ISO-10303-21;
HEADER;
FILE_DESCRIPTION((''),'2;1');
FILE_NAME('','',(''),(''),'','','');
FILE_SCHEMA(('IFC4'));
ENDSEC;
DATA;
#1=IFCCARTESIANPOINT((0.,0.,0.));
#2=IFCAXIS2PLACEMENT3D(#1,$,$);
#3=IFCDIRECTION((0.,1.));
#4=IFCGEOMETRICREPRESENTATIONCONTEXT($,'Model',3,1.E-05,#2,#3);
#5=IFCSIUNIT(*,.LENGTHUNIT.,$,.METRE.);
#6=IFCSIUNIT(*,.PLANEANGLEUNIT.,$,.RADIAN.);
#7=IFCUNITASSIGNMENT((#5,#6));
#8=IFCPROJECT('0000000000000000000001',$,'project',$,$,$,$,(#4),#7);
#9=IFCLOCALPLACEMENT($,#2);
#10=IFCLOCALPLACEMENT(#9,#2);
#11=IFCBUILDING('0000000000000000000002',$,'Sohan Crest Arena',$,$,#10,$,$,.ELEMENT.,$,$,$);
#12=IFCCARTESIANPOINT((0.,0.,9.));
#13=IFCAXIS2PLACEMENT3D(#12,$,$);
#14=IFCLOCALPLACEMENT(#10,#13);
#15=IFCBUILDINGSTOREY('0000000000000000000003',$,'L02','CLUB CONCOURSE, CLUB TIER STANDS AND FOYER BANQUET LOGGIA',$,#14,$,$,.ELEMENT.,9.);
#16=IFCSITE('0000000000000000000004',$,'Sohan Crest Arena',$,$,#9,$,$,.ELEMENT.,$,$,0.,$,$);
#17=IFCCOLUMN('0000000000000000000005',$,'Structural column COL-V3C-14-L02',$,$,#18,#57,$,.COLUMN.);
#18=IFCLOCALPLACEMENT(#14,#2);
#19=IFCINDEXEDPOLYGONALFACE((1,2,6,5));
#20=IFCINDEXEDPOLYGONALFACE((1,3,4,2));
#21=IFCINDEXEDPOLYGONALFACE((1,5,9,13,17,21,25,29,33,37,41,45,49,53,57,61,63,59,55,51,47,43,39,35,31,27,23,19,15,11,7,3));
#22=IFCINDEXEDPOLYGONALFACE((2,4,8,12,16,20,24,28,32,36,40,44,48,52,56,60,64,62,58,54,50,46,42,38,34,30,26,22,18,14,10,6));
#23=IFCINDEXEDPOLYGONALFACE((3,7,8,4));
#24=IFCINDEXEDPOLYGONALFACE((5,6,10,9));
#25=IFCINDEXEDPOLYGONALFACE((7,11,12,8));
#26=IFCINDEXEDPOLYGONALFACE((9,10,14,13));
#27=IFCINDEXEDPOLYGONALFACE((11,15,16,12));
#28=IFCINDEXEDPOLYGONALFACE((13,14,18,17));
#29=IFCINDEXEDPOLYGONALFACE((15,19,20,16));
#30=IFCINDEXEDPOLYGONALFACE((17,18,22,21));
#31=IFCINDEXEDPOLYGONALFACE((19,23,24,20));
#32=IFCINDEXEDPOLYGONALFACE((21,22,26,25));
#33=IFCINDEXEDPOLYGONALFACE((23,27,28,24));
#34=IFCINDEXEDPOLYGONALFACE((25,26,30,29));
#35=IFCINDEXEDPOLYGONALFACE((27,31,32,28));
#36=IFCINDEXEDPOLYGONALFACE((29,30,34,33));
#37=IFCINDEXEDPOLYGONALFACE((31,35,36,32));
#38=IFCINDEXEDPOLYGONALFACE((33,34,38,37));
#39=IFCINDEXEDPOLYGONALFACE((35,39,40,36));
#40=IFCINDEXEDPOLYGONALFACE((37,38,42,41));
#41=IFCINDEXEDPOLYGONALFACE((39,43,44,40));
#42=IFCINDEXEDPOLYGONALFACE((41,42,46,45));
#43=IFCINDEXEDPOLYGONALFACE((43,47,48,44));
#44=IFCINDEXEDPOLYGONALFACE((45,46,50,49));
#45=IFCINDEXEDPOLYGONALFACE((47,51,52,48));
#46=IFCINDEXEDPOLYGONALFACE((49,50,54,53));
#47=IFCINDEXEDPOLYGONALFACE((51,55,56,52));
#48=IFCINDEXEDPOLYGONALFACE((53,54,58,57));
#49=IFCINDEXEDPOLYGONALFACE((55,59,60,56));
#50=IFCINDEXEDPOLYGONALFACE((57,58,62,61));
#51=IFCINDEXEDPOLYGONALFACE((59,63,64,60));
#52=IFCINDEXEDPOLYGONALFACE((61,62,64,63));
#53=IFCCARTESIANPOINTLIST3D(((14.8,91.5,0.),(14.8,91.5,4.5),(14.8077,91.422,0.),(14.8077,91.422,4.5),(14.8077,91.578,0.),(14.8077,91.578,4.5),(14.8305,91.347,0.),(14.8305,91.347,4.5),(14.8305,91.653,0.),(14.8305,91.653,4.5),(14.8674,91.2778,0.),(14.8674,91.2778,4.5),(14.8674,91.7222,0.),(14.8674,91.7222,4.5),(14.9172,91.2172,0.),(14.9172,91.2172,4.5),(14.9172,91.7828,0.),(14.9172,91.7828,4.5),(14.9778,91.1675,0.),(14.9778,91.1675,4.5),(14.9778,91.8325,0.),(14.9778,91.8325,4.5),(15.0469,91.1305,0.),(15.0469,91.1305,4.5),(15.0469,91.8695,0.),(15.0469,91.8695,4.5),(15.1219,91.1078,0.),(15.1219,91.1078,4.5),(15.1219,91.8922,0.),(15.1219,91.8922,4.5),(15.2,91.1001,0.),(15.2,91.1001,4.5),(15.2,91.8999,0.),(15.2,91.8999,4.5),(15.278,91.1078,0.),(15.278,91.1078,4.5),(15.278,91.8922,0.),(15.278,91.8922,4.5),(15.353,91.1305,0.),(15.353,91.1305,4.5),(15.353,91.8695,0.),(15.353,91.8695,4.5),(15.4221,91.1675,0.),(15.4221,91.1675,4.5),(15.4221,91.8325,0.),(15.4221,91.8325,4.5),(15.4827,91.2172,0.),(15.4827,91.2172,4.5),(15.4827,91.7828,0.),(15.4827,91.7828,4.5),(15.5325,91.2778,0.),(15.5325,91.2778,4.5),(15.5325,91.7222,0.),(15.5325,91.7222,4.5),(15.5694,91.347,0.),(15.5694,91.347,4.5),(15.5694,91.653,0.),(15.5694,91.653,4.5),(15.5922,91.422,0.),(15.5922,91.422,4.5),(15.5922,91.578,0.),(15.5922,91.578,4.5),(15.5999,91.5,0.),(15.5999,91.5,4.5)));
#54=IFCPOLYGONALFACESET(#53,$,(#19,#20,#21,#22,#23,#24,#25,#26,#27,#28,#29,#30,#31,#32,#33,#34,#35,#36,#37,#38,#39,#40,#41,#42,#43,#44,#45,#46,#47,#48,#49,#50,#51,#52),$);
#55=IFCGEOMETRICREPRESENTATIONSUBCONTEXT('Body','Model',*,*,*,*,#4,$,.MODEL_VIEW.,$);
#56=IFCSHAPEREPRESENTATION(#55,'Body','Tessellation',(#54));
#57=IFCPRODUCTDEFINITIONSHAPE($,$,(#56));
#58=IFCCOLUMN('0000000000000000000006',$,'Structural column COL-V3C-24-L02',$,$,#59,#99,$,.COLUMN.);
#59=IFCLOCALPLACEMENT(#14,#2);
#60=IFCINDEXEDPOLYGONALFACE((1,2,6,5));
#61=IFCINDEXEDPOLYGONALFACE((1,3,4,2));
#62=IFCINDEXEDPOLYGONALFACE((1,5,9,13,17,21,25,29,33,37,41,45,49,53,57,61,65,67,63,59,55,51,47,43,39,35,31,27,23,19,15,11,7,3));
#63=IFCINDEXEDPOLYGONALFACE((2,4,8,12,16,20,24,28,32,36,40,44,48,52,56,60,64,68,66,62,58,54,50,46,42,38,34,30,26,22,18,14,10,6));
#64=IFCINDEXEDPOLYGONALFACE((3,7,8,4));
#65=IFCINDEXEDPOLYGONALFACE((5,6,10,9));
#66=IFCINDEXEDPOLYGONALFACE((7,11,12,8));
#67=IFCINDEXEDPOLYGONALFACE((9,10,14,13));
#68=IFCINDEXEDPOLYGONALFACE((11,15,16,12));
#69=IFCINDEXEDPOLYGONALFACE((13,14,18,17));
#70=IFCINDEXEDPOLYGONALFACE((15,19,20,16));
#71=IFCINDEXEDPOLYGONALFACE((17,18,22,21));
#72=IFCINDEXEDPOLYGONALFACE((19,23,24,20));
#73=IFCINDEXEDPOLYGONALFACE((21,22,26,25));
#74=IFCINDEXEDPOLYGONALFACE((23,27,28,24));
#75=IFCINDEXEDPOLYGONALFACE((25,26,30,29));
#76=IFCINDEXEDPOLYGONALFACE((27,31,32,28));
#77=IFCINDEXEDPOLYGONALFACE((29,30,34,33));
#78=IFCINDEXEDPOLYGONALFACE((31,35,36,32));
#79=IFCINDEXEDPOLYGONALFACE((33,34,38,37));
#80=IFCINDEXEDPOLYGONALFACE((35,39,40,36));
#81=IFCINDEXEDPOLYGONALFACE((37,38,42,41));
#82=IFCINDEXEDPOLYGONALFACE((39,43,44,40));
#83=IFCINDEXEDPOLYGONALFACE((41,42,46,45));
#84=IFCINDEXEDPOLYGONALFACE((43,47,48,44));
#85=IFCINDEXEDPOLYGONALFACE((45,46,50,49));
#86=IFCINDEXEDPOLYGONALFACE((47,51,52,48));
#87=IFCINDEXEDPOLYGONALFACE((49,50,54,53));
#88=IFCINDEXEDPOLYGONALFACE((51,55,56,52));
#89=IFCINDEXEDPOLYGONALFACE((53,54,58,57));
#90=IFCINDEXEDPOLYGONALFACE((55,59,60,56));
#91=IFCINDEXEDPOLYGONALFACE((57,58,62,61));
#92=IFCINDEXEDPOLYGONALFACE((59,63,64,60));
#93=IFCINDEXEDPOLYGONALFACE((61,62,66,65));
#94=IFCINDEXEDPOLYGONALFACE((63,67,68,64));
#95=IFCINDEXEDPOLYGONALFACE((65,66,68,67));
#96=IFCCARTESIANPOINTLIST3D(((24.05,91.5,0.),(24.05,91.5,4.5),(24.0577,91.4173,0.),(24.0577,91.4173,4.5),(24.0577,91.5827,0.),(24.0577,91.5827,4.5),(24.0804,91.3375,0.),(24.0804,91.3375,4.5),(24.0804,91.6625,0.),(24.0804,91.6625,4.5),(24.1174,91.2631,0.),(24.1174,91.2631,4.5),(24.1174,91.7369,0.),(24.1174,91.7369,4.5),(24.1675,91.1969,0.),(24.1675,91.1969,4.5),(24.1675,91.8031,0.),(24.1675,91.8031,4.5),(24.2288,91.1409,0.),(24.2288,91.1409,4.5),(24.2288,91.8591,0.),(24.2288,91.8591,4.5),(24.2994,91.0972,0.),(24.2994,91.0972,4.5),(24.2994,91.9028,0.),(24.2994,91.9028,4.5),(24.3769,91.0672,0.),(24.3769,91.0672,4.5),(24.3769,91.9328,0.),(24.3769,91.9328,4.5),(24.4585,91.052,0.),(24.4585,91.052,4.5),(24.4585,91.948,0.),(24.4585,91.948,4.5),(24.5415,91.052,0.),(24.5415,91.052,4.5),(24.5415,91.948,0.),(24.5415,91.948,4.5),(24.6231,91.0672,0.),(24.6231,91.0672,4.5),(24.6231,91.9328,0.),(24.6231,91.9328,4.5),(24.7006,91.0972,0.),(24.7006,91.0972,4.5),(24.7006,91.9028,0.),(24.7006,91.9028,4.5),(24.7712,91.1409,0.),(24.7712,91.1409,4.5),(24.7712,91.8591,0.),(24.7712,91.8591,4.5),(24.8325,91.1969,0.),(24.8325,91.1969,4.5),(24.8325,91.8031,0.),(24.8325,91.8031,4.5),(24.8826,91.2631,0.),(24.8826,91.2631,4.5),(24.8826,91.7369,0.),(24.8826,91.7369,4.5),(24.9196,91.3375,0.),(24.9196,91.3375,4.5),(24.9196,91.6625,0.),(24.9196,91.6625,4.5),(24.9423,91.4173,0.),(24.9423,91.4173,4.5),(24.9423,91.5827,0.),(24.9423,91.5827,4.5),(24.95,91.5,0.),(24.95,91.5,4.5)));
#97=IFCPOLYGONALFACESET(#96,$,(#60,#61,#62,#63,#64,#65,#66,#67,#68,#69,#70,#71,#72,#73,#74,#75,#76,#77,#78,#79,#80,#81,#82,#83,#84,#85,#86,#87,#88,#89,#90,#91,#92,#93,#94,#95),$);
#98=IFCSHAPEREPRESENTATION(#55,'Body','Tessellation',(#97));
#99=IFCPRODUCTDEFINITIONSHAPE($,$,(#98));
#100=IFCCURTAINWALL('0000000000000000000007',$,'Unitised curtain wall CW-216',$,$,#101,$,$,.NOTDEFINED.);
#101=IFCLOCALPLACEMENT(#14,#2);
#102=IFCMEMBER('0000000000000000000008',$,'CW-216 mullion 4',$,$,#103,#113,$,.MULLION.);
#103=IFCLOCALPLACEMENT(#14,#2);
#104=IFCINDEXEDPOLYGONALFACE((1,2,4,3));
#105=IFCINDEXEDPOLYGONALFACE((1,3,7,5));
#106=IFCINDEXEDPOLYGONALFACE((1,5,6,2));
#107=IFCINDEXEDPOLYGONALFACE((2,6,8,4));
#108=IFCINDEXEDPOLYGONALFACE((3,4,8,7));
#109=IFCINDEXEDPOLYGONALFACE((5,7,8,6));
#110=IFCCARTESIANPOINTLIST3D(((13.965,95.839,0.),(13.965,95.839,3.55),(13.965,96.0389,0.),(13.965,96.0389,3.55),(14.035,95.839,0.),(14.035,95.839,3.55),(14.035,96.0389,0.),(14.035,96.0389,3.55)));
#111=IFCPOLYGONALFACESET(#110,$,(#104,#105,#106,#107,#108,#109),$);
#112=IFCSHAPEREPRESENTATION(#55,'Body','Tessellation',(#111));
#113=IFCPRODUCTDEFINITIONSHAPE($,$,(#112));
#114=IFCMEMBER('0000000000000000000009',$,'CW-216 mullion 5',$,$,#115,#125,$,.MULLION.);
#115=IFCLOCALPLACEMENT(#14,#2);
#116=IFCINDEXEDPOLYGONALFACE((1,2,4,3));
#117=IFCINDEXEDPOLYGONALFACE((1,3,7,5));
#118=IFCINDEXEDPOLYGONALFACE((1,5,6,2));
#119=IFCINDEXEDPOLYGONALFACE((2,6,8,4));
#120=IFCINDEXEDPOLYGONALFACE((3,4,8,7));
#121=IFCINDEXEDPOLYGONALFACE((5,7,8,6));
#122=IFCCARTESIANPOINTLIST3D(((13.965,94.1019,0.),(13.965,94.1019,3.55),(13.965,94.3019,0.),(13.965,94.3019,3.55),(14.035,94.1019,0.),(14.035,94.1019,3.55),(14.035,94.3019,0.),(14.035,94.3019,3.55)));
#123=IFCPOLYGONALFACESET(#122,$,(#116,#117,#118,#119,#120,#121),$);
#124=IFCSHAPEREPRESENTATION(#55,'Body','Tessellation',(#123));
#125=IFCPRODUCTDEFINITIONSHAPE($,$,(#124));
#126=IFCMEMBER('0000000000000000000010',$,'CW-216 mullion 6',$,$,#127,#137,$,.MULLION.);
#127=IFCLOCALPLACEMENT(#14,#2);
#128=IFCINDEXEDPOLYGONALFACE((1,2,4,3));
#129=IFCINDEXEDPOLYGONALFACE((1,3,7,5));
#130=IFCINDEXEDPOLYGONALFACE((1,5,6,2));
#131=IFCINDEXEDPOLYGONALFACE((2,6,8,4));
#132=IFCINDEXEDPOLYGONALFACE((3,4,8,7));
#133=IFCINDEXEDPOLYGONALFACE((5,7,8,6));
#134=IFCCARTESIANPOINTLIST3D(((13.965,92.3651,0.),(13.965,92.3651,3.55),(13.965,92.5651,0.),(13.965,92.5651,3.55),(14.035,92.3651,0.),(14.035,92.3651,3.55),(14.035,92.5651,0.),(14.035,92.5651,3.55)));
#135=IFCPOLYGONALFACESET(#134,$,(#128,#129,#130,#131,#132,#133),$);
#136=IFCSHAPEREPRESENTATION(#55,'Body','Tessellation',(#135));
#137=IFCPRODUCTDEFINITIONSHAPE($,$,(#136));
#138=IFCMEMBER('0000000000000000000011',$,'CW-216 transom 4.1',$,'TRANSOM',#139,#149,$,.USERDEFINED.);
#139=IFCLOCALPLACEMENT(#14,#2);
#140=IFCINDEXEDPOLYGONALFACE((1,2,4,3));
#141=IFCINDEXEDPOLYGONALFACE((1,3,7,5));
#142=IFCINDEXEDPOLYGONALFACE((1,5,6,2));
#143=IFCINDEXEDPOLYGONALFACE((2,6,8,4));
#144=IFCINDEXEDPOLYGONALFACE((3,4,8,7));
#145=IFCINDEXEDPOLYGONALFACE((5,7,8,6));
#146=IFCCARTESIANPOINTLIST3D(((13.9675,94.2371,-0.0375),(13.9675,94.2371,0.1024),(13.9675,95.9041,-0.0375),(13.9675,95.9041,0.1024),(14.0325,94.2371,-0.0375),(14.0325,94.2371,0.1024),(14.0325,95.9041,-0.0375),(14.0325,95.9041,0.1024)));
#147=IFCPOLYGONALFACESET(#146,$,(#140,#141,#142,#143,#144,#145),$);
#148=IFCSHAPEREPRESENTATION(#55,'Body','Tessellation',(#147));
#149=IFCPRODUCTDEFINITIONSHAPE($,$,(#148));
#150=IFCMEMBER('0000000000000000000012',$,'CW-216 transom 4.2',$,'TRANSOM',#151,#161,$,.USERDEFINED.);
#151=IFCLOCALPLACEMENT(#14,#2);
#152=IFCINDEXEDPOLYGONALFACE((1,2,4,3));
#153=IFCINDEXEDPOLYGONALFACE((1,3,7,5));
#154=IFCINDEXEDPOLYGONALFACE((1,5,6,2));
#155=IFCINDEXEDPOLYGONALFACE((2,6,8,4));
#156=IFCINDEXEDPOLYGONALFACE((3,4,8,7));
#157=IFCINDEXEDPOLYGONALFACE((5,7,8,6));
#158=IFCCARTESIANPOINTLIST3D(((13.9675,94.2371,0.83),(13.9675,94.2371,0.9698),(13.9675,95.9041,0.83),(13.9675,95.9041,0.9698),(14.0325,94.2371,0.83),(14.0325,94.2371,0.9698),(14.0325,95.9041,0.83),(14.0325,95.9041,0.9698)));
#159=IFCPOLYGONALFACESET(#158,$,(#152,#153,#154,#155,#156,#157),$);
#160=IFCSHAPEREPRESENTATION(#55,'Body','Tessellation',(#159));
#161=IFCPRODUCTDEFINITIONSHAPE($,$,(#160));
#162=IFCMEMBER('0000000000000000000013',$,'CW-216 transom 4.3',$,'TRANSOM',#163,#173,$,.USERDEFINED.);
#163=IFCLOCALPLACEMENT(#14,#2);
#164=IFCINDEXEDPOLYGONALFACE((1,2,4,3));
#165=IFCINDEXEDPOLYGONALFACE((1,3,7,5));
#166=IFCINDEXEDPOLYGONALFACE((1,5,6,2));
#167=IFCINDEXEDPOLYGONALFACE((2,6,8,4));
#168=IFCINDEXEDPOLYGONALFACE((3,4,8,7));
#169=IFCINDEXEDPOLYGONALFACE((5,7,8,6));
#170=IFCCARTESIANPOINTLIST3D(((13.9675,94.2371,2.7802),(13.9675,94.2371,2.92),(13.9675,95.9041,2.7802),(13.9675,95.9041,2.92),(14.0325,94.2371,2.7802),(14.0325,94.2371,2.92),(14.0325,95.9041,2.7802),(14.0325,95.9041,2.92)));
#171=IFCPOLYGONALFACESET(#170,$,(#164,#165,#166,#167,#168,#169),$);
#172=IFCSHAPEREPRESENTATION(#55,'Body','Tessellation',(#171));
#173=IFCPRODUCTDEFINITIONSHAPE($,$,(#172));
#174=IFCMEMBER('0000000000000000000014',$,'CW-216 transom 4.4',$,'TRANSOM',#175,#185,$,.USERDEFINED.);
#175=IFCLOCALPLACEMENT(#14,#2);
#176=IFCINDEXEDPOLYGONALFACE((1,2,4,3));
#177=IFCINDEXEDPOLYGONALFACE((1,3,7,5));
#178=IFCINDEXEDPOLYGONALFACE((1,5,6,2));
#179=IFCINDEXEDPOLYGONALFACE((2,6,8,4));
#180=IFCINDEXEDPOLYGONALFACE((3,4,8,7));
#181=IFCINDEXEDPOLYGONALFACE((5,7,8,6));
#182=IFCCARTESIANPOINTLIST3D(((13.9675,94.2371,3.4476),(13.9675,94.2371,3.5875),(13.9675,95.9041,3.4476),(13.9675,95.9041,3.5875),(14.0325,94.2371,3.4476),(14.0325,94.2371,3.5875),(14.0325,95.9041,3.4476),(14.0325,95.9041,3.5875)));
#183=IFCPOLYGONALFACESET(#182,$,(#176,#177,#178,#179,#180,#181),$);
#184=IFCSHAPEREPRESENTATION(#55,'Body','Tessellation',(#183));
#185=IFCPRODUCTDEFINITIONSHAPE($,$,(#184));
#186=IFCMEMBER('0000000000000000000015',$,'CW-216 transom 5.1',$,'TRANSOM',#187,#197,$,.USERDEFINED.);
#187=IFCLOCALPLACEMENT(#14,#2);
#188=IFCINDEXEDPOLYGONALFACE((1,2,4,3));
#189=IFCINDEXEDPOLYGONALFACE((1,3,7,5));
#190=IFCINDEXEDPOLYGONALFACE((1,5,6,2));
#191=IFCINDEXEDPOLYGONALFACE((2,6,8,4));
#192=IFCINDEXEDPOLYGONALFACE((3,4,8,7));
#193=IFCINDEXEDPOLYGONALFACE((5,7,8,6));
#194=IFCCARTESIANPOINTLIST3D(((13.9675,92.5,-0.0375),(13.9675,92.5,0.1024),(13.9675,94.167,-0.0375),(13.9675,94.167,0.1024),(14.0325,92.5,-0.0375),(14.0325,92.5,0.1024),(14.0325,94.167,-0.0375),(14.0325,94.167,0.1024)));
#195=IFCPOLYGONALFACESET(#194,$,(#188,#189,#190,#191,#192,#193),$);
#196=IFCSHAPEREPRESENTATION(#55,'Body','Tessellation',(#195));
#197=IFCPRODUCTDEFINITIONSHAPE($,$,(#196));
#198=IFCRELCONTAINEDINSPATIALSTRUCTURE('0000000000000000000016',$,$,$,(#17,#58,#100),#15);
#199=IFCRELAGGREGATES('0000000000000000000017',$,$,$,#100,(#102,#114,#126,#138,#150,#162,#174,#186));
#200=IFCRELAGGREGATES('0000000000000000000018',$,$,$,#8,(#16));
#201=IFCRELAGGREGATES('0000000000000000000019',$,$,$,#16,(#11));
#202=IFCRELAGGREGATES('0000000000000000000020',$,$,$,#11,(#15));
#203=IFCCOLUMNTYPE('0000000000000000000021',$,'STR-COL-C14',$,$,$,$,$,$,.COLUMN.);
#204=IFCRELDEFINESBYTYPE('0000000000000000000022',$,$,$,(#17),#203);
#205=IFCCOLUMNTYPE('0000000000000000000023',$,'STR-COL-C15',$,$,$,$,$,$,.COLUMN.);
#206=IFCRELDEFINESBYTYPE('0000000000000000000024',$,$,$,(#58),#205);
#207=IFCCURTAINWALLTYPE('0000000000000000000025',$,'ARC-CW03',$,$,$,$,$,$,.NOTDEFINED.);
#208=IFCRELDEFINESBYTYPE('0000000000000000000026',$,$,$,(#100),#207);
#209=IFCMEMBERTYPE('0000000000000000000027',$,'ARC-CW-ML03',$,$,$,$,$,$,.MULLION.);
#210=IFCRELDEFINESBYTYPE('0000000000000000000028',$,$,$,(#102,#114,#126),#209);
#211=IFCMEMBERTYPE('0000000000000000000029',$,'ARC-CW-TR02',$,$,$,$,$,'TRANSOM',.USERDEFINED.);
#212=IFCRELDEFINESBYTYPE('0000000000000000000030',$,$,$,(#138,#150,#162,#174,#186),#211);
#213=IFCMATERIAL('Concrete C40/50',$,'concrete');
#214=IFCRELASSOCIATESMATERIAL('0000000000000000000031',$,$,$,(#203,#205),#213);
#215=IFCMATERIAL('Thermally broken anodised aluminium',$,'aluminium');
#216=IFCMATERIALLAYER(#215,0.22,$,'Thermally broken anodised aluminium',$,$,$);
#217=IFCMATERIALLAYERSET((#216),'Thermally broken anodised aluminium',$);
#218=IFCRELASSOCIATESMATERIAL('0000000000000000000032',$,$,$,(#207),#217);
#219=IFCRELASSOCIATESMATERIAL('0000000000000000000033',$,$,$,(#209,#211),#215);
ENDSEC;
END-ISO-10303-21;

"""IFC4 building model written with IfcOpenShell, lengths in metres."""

from ifc_helpers import new_model, si_unit, direction, frame, origin, origin_2d, place, context, subcontext, project, spatial, rectangle, circle, extrude, material, layer, layer_set, material_profile, profile_set, type_object, element, aggregate, save


model = new_model("IFC4")

# Units and contexts
model_context = context("Model", 3, precision=1e-05, world=origin(), true_north=direction((0.0, 1.0)))
body_context = subcontext(model_context, "Body", "Model", "MODEL_VIEW")
ifc_project = project(units=[si_unit("LENGTHUNIT", "METRE"), si_unit("PLANEANGLEUNIT", "RADIAN")], contexts=[model_context])

# Site, building, storey
site_placement = place(None, origin())
site = spatial("IfcSite", under=ifc_project, at=site_placement, Name="Sohan Crest Arena", CompositionType="ELEMENT", RefElevation=0.0)
building_placement = place(site_placement, origin())
building = spatial("IfcBuilding", under=site, at=building_placement, Name="Sohan Crest Arena", CompositionType="ELEMENT")
storey_placement = place(building_placement, frame((0.0, 0.0, 9.0)))
storey = spatial("IfcBuildingStorey", under=building, at=storey_placement, Name="L02", Description="CLUB CONCOURSE, CLUB TIER STANDS AND FOYER BANQUET LOGGIA", CompositionType="ELEMENT", Elevation=9.0)

# Columns
ifc_material_1 = material(Name="Concrete C40/50", Category="concrete")
ifc_material_profile_1 = material_profile(ifc_material_1, circle(Radius=0.3999, at=origin_2d()), Name="RC D800")
ifc_profile_set_1 = profile_set([ifc_material_profile_1], Name="Concrete C40/50")
column_type_1 = type_object("IfcColumnType", Name="STR-COL-C14", PredefinedType="COLUMN", material=ifc_profile_set_1)
column_1_placement = place(storey_placement, frame((15.2, 91.5, 0.0), z_axis=(0.0, 0.0, 1.0), x_axis=(1.0, 0.0, 0.0)))
element("IfcColumn", 1, at=column_1_placement, inside=storey, type_object=column_type_1, Name="Structural column COL-V3C-14-L02", PredefinedType="COLUMN", context=body_context, shape_type="SweptSolid", body=[
    extrude(circle(Radius=0.3999, at=origin_2d()), origin(), (0.0, 0.0, 1.0), 4.5),
])
ifc_material_profile_2 = material_profile(ifc_material_1, circle(Radius=0.45, at=origin_2d()), Name="RC D900")
ifc_profile_set_2 = profile_set([ifc_material_profile_2], Name="Concrete C40/50")
column_type_2 = type_object("IfcColumnType", Name="STR-COL-C15", PredefinedType="COLUMN", material=ifc_profile_set_2)
column_2_placement = place(storey_placement, frame((24.5, 91.5, 0.0), z_axis=(0.0, 0.0, 1.0), x_axis=(1.0, 0.0, 0.0)))
element("IfcColumn", 2, at=column_2_placement, inside=storey, type_object=column_type_2, Name="Structural column COL-V3C-24-L02", PredefinedType="COLUMN", context=body_context, shape_type="SweptSolid", body=[
    extrude(circle(Radius=0.45, at=origin_2d()), origin(), (0.0, 0.0, 1.0), 4.5),
])

# Curtain wall, members
ifc_material_2 = material(Name="Thermally broken anodised aluminium", Category="aluminium")
ifc_layer_1 = layer(ifc_material_2, 0.22, Name="Thermally broken anodised aluminium")
ifc_layer_set_1 = layer_set([ifc_layer_1], Name="Thermally broken anodised aluminium")
curtain_wall_type = type_object("IfcCurtainWallType", Name="ARC-CW03", PredefinedType="NOTDEFINED", material=ifc_layer_set_1)
curtain_wall_placement = place(storey_placement, origin())
curtain_wall = element("IfcCurtainWall", 3, at=curtain_wall_placement, inside=storey, type_object=curtain_wall_type, Name="Unitised curtain wall CW-216", PredefinedType="NOTDEFINED")
ifc_material_profile_3 = material_profile(ifc_material_2, rectangle(XDim=0.0701, YDim=0.2, at=origin_2d()), Name="ALU-MULL 70x200")
ifc_profile_set_3 = profile_set([ifc_material_profile_3], Name="Thermally broken anodised aluminium")
member_type_1 = type_object("IfcMemberType", Name="ARC-CW-ML03", PredefinedType="MULLION", material=ifc_profile_set_3)
member_1_placement = place(storey_placement, frame((14.0, 95.939, 0.0), z_axis=(0.0, 0.0, 1.0), x_axis=(1.0, 0.0, 0.0)))
member_1 = element("IfcMember", 4, at=member_1_placement, type_object=member_type_1, Name="CW-216 mullion 4", PredefinedType="MULLION", context=body_context, shape_type="SweptSolid", body=[
    extrude(rectangle(XDim=0.0701, YDim=0.2, at=origin_2d()), origin(), (0.0, 0.0, 1.0), 3.55),
])
member_2_placement = place(storey_placement, frame((14.0, 94.2019, 0.0), z_axis=(0.0, 0.0, 1.0), x_axis=(1.0, 0.0, 0.0)))
member_2 = element("IfcMember", 5, at=member_2_placement, type_object=member_type_1, Name="CW-216 mullion 5", PredefinedType="MULLION", context=body_context, shape_type="SweptSolid", body=[
    extrude(rectangle(XDim=0.0701, YDim=0.2, at=origin_2d()), origin(), (0.0, 0.0, 1.0), 3.55),
])
member_3_placement = place(storey_placement, frame((14.0, 92.4651, 0.0), z_axis=(0.0, 0.0, 1.0), x_axis=(1.0, 0.0, 0.0)))
member_3 = element("IfcMember", 6, at=member_3_placement, type_object=member_type_1, Name="CW-216 mullion 6", PredefinedType="MULLION", context=body_context, shape_type="SweptSolid", body=[
    extrude(rectangle(XDim=0.0701, YDim=0.2, at=origin_2d()), origin(), (0.0, 0.0, 1.0), 3.55),
])
ifc_material_profile_4 = material_profile(ifc_material_2, rectangle(XDim=0.0649, YDim=0.1399, at=origin_2d()), Name="ALU-TRAN 65x140")
ifc_profile_set_4 = profile_set([ifc_material_profile_4], Name="Thermally broken anodised aluminium")
member_type_2 = type_object("IfcMemberType", Name="ARC-CW-TR02", ElementType="TRANSOM", PredefinedType="USERDEFINED", material=ifc_profile_set_4)
member_4_placement = place(storey_placement, frame((14.0, 95.9041, 0.0325), z_axis=(0.0, -1.0, 0.0), x_axis=(1.0, 0.0, 0.0)))
member_4 = element("IfcMember", 7, at=member_4_placement, type_object=member_type_2, Name="CW-216 transom 4.1", ObjectType="TRANSOM", PredefinedType="USERDEFINED", context=body_context, shape_type="SweptSolid", body=[
    extrude(rectangle(XDim=0.0649, YDim=0.1399, at=origin_2d()), origin(), (0.0, 0.0, 1.0), 1.667),
])
member_5_placement = place(storey_placement, frame((14.0, 95.9041, 0.8999), z_axis=(0.0, -1.0, 0.0), x_axis=(1.0, 0.0, 0.0)))
member_5 = element("IfcMember", 8, at=member_5_placement, type_object=member_type_2, Name="CW-216 transom 4.2", ObjectType="TRANSOM", PredefinedType="USERDEFINED", context=body_context, shape_type="SweptSolid", body=[
    extrude(rectangle(XDim=0.0649, YDim=0.1399, at=origin_2d()), origin(), (0.0, 0.0, 1.0), 1.667),
])
member_6_placement = place(storey_placement, frame((14.0, 95.9041, 2.8501), z_axis=(0.0, -1.0, 0.0), x_axis=(1.0, 0.0, 0.0)))
member_6 = element("IfcMember", 9, at=member_6_placement, type_object=member_type_2, Name="CW-216 transom 4.3", ObjectType="TRANSOM", PredefinedType="USERDEFINED", context=body_context, shape_type="SweptSolid", body=[
    extrude(rectangle(XDim=0.0649, YDim=0.1399, at=origin_2d()), origin(), (0.0, 0.0, 1.0), 1.667),
])
member_7_placement = place(storey_placement, frame((14.0, 95.9041, 3.5176), z_axis=(0.0, -1.0, 0.0), x_axis=(1.0, 0.0, 0.0)))
member_7 = element("IfcMember", 10, at=member_7_placement, type_object=member_type_2, Name="CW-216 transom 4.4", ObjectType="TRANSOM", PredefinedType="USERDEFINED", context=body_context, shape_type="SweptSolid", body=[
    extrude(rectangle(XDim=0.0649, YDim=0.1399, at=origin_2d()), origin(), (0.0, 0.0, 1.0), 1.667),
])
member_8_placement = place(storey_placement, frame((14.0, 94.167, 0.0325), z_axis=(0.0, -1.0, 0.0), x_axis=(1.0, 0.0, 0.0)))
member_8 = element("IfcMember", 11, at=member_8_placement, type_object=member_type_2, Name="CW-216 transom 5.1", ObjectType="TRANSOM", PredefinedType="USERDEFINED", context=body_context, shape_type="SweptSolid", body=[
    extrude(rectangle(XDim=0.0649, YDim=0.1399, at=origin_2d()), origin(), (0.0, 0.0, 1.0), 1.667),
])

aggregate(curtain_wall, [member_1, member_2, member_3, member_4, member_5, member_6, member_7, member_8])

save(model, "model.ifc")
